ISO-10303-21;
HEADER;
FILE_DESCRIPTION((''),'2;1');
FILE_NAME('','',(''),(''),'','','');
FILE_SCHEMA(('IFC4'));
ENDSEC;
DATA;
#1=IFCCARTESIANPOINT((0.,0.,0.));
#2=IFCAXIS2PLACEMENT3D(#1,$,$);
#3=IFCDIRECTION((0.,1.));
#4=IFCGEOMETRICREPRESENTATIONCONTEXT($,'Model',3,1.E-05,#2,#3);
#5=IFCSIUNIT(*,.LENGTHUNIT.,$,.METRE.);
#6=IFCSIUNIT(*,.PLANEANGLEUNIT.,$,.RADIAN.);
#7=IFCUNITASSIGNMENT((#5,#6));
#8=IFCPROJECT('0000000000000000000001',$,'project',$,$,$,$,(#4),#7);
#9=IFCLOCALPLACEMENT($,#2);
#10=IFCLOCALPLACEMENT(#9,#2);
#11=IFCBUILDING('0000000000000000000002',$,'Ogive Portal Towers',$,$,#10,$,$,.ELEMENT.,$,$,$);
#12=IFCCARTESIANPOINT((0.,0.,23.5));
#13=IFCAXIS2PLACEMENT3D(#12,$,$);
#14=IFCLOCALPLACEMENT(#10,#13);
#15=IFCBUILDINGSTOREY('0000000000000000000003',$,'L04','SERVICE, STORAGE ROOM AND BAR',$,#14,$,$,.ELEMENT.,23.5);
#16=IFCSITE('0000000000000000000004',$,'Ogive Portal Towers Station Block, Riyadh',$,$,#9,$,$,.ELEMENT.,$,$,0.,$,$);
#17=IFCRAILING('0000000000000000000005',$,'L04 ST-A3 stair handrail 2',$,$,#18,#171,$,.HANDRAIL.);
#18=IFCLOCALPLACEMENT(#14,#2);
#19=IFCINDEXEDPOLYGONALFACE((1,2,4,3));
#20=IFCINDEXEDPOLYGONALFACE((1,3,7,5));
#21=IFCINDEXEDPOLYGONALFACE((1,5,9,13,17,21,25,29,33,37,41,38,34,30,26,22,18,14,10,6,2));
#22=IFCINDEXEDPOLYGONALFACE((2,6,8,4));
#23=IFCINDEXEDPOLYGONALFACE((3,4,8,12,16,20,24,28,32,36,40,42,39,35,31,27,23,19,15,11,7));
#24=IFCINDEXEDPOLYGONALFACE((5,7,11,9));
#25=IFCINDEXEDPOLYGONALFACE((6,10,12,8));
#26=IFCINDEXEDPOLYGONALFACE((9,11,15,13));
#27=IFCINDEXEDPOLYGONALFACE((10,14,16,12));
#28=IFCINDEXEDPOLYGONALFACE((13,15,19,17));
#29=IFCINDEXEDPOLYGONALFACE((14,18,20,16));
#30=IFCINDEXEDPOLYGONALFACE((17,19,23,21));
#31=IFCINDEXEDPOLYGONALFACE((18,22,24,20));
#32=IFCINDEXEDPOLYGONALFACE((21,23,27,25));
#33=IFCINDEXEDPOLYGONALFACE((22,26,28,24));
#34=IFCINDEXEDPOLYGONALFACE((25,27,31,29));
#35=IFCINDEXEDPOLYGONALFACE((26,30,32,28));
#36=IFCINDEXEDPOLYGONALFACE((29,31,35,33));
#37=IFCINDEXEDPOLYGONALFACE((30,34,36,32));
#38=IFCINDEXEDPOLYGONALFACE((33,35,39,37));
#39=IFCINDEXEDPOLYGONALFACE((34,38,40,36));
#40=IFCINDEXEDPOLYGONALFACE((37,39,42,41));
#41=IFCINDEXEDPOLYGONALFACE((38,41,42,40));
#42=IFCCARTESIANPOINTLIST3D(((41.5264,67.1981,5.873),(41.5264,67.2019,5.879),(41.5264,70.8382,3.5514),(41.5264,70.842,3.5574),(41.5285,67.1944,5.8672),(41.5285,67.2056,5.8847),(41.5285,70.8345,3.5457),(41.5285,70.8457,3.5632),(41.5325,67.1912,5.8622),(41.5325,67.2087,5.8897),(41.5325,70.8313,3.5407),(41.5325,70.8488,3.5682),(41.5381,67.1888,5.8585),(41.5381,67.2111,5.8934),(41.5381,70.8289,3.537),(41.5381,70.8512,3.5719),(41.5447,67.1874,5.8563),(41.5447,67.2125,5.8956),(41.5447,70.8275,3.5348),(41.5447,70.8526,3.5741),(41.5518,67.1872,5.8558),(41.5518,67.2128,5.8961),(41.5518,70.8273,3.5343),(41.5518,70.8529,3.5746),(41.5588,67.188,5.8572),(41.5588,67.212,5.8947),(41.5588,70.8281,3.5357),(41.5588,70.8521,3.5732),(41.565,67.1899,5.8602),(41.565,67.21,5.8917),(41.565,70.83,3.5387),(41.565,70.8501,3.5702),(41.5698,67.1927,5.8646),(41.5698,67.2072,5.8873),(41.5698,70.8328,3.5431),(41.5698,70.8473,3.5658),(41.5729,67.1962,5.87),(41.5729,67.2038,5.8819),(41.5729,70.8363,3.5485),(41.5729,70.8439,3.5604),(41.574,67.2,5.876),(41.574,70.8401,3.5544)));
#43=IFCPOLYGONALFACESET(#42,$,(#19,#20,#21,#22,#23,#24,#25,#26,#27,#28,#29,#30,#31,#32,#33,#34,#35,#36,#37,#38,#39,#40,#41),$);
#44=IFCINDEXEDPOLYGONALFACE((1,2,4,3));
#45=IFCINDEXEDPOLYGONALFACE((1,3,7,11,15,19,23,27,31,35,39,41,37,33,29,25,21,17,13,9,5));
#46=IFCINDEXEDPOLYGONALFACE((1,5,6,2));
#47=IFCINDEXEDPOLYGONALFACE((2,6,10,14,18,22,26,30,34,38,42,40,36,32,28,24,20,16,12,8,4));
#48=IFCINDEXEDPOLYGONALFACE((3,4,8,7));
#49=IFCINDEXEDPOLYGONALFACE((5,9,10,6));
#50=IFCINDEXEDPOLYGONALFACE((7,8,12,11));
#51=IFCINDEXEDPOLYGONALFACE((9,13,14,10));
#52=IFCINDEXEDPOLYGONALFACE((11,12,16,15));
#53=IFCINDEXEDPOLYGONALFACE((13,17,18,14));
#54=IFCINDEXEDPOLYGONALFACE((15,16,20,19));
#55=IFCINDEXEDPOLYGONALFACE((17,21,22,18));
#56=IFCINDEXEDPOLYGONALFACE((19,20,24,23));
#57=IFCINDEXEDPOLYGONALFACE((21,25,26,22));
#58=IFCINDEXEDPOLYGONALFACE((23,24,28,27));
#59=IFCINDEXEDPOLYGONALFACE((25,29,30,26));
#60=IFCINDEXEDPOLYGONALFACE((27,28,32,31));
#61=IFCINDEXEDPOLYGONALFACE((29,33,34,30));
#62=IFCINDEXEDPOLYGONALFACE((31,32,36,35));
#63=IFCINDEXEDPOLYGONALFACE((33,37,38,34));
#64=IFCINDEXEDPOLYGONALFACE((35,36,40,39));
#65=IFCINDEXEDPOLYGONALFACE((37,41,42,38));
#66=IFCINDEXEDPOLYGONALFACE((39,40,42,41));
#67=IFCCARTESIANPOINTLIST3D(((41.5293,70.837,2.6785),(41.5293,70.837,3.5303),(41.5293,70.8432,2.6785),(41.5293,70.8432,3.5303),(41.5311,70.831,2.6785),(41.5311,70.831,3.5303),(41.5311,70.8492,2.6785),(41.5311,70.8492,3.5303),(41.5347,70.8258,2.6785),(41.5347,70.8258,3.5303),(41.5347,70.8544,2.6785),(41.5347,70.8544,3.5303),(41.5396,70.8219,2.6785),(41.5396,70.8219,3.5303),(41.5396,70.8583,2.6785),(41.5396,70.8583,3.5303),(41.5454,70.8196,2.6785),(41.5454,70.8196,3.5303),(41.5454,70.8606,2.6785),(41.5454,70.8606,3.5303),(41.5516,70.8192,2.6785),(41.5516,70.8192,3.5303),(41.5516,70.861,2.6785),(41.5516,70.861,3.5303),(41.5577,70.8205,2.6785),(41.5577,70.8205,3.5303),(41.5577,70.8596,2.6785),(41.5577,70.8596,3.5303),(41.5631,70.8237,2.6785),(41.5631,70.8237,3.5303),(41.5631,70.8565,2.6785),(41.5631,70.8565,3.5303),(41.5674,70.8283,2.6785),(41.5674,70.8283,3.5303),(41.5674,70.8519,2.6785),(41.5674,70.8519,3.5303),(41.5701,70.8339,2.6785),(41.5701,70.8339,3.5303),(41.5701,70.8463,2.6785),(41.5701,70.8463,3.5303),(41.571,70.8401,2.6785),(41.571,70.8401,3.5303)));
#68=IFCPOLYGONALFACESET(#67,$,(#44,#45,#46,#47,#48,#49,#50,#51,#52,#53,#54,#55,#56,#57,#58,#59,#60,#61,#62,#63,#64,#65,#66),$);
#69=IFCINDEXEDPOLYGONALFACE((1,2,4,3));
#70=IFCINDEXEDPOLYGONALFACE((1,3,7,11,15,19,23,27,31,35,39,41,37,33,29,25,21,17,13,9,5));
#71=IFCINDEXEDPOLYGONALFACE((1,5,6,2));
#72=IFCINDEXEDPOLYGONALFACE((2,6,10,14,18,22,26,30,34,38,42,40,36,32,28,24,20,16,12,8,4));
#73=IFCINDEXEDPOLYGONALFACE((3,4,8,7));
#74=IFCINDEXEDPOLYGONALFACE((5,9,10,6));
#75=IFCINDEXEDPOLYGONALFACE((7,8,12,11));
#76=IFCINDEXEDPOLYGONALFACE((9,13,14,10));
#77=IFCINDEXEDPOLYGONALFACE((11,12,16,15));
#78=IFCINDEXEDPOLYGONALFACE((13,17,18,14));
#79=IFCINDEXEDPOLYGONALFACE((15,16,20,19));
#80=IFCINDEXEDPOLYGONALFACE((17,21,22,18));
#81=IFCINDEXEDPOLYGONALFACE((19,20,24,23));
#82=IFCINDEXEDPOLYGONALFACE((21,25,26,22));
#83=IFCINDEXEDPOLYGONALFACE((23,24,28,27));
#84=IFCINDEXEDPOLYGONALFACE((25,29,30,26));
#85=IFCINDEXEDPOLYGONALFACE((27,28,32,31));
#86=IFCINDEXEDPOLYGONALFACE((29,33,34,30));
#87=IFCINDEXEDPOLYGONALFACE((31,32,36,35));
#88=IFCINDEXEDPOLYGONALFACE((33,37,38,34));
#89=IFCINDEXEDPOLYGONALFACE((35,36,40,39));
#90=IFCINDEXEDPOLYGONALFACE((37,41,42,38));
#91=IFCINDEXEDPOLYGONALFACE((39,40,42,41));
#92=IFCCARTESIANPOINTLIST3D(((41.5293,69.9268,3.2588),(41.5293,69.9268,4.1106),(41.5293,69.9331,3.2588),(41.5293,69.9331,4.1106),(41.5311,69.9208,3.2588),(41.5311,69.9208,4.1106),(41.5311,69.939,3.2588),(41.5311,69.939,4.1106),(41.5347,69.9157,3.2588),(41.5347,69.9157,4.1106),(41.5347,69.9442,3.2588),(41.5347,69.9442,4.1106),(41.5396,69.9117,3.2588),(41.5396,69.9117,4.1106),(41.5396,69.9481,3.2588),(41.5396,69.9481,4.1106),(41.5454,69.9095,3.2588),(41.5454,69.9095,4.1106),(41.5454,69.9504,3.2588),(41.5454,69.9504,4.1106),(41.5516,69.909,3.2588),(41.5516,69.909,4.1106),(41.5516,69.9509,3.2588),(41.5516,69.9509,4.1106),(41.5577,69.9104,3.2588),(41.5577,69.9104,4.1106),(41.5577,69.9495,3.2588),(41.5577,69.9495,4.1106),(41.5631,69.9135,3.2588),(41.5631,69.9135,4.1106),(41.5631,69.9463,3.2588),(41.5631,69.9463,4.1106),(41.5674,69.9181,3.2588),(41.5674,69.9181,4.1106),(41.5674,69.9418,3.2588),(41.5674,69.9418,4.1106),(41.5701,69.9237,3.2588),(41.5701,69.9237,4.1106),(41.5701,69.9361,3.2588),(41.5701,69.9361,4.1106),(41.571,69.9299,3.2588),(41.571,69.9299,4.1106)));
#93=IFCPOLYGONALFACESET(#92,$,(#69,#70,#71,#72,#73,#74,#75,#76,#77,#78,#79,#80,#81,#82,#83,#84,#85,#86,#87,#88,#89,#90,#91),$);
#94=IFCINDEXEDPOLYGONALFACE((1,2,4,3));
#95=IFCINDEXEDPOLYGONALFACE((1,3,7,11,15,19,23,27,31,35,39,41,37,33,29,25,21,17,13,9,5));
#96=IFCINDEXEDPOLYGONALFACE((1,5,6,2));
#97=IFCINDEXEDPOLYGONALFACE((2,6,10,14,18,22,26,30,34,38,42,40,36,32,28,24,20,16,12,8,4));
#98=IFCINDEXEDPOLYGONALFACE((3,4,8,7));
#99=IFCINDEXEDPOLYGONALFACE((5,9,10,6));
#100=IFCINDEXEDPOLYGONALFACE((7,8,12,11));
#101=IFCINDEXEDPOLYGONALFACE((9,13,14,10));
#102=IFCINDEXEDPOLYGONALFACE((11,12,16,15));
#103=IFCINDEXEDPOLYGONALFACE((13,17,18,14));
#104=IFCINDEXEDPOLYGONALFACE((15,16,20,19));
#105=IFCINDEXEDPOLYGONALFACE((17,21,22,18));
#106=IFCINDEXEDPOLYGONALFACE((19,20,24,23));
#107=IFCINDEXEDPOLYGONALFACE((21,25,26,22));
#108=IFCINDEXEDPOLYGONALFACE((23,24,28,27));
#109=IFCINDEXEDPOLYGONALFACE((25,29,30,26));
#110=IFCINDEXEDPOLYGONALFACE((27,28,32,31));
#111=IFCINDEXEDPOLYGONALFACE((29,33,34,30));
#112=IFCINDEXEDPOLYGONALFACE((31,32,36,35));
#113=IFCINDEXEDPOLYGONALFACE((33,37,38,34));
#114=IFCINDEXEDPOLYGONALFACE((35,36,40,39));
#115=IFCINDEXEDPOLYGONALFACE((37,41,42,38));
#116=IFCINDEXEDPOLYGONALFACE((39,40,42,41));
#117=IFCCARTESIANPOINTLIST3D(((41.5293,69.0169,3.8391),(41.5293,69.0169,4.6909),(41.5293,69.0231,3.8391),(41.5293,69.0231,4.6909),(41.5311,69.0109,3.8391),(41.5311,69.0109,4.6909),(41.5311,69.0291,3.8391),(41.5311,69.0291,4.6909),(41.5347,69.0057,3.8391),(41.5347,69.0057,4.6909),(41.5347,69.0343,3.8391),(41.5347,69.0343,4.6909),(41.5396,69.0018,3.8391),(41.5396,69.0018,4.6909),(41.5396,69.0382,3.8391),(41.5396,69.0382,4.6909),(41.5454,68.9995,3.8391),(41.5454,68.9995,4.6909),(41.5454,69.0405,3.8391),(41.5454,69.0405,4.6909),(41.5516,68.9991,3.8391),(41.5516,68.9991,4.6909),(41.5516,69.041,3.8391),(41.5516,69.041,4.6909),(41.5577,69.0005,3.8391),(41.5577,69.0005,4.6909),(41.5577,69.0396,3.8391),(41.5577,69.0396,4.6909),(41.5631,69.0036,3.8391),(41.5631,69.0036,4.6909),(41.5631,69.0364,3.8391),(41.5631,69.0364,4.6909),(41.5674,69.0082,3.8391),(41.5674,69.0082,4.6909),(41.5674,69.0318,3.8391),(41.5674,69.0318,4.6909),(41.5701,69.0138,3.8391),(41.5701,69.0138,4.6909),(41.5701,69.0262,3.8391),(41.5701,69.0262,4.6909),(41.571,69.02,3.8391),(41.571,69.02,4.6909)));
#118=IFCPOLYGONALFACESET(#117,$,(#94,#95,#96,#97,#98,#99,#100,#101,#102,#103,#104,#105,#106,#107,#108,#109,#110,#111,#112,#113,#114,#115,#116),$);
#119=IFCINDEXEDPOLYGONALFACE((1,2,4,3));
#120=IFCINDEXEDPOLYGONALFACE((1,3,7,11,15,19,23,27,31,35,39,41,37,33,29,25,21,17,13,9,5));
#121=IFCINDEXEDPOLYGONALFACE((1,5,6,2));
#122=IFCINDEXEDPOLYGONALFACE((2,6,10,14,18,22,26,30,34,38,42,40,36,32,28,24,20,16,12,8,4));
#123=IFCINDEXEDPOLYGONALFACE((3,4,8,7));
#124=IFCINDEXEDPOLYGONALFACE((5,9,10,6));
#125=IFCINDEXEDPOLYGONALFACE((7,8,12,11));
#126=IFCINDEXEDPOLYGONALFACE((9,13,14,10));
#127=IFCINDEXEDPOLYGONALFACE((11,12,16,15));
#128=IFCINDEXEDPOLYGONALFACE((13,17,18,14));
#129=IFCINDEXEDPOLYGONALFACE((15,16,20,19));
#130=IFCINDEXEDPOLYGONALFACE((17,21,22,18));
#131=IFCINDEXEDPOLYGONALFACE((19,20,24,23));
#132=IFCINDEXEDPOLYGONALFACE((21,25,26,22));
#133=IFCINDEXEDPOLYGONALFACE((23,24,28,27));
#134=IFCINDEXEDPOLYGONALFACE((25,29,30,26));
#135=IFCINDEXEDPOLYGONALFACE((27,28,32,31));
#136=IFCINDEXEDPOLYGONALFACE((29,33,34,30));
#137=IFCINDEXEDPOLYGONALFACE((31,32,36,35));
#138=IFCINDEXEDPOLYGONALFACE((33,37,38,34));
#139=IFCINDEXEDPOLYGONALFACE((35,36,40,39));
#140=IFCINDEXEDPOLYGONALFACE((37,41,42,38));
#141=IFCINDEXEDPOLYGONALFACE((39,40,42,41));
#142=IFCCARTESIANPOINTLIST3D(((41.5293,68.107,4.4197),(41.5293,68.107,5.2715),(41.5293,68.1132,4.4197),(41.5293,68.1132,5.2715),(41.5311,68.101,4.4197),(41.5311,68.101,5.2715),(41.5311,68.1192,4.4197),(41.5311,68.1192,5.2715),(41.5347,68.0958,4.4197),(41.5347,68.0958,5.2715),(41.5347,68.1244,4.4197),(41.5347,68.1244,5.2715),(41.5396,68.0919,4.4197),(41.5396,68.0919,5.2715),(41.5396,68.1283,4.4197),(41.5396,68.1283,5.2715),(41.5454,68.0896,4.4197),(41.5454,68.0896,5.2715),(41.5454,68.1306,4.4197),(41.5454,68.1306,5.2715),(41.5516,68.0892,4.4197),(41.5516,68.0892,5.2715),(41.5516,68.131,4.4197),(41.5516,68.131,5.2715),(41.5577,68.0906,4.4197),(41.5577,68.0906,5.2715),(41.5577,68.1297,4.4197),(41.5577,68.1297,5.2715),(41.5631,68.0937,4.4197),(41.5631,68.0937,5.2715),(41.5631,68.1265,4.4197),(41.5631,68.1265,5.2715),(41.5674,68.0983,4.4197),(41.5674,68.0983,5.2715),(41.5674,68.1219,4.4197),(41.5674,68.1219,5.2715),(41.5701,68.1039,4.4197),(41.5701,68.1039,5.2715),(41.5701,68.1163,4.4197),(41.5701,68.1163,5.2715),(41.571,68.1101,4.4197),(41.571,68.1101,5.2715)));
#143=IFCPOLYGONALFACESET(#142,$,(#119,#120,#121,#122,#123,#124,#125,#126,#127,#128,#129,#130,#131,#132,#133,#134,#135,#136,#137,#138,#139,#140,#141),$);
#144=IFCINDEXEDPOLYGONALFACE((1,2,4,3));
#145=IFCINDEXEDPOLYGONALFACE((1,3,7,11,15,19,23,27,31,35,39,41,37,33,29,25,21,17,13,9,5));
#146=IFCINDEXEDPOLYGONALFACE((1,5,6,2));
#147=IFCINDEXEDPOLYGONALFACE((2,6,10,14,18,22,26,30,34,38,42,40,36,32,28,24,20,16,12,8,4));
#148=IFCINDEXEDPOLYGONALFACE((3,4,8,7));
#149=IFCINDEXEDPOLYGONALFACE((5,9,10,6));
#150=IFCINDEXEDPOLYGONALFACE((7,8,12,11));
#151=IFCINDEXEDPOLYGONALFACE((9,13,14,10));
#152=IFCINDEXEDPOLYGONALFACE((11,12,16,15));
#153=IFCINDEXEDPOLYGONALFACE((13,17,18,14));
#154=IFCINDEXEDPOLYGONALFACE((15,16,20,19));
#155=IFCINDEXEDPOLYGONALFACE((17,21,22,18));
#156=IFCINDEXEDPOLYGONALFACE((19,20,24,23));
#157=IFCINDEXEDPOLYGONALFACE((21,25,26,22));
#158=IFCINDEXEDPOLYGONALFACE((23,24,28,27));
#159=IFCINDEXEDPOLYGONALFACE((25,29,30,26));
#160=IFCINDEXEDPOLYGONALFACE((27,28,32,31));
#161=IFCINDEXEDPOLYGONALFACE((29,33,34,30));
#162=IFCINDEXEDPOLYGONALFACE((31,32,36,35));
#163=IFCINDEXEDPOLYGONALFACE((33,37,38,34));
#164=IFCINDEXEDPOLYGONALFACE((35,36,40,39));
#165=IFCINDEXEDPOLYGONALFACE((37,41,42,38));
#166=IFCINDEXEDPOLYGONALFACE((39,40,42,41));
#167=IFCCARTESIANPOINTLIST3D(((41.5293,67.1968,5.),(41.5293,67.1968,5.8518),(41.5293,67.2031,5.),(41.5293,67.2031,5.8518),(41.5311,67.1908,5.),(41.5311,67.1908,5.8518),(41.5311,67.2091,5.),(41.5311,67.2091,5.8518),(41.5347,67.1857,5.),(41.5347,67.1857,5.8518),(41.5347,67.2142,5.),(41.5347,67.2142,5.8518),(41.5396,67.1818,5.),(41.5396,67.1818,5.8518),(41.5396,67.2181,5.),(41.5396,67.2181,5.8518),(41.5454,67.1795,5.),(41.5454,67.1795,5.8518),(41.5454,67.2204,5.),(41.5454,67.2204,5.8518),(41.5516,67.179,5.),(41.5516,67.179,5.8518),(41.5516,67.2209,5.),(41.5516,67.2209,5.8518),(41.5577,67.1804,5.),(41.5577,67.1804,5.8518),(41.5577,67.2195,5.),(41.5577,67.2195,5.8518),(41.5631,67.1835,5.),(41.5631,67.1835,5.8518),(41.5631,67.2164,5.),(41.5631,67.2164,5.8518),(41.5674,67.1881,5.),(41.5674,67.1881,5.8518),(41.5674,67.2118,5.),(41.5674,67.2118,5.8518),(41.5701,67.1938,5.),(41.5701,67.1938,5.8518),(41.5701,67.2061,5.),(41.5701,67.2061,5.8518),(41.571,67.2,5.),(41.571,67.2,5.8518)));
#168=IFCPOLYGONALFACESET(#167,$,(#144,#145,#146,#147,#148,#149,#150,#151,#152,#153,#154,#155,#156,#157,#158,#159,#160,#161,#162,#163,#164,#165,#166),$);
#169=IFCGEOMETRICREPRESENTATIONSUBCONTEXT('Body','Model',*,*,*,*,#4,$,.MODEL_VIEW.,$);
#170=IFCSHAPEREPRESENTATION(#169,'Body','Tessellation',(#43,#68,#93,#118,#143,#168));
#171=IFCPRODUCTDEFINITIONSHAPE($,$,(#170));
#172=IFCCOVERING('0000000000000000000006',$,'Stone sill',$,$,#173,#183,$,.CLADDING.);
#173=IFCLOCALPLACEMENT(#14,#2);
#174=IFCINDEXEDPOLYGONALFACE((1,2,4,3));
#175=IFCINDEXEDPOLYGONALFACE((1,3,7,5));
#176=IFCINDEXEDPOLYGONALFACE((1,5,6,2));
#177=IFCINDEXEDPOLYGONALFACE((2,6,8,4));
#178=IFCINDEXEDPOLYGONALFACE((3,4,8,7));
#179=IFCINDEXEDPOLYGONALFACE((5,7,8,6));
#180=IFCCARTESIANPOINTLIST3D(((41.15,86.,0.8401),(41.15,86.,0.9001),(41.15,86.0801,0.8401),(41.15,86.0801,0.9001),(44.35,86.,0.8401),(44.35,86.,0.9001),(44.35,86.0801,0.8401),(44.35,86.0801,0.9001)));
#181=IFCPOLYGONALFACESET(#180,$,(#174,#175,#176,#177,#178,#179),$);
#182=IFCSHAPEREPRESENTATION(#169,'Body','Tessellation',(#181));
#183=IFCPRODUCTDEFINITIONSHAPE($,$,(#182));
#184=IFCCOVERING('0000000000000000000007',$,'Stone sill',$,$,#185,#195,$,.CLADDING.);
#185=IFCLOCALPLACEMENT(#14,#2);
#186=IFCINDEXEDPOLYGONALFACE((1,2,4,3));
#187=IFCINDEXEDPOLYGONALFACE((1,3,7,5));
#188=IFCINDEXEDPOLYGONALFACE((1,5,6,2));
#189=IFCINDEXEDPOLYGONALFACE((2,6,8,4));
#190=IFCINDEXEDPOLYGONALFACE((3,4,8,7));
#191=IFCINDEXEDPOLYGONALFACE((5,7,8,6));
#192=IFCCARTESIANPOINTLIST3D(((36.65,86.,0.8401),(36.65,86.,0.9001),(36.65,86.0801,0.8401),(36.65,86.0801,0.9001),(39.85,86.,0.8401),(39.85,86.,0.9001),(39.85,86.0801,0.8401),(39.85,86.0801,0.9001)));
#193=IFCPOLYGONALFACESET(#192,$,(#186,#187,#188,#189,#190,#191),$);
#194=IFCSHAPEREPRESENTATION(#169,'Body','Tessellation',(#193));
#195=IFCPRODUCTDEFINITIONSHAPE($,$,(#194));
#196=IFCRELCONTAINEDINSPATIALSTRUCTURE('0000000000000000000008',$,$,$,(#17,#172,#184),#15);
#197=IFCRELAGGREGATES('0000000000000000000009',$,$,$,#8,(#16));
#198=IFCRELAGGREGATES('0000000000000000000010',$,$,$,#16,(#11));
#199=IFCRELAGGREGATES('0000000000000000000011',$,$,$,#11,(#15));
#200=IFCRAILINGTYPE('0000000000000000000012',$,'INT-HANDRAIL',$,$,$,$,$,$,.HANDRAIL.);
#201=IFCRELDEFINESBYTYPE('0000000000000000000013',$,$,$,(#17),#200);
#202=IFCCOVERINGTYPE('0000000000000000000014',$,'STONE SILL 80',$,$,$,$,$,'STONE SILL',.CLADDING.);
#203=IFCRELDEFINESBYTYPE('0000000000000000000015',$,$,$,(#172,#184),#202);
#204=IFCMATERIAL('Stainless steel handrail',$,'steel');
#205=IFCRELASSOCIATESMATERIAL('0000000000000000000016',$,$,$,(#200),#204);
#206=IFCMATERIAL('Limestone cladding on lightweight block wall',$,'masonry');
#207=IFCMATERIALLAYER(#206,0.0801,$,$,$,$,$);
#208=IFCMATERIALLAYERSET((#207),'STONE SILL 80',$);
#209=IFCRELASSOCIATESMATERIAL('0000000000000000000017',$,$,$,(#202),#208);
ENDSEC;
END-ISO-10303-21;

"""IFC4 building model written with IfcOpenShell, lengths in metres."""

from ifc_helpers import new_model, si_unit, direction, frame, origin, origin_2d, place, context, subcontext, project, spatial, rectangle, circle, extrude, material, layer, layer_set, type_object, element, save


model = new_model("IFC4")

# Units and contexts
model_context = context("Model", 3, precision=1e-05, world=origin(), true_north=direction((0.0, 1.0)))
body_context = subcontext(model_context, "Body", "Model", "MODEL_VIEW")
ifc_project = project(units=[si_unit("LENGTHUNIT", "METRE"), si_unit("PLANEANGLEUNIT", "RADIAN")], contexts=[model_context])

# Site, building, storey
site_placement = place(None, origin())
site = spatial("IfcSite", under=ifc_project, at=site_placement, Name="Ogive Portal Towers Station Block, Riyadh", CompositionType="ELEMENT", RefElevation=0.0)
building_placement = place(site_placement, origin())
building = spatial("IfcBuilding", under=site, at=building_placement, Name="Ogive Portal Towers", CompositionType="ELEMENT")
storey_placement = place(building_placement, frame((0.0, 0.0, 23.5)))
storey = spatial("IfcBuildingStorey", under=building, at=storey_placement, Name="L04", Description="SERVICE, STORAGE ROOM AND BAR", CompositionType="ELEMENT", Elevation=23.5)

# Railing
ifc_material_1 = material(Name="Stainless steel handrail", Category="steel")
railing_type_1 = type_object("IfcRailingType", Name="INT-HANDRAIL", PredefinedType="HANDRAIL", material=ifc_material_1)
railing_1_placement = place(storey_placement, frame((41.55, 70.8401, 2.6785)))
element("IfcRailing", 1, at=railing_1_placement, inside=storey, type_object=railing_type_1, Name="L04 ST-A3 stair handrail 2", PredefinedType="HANDRAIL", context=body_context, shape_type="SweptSolid", body=[
    extrude(circle(Radius=0.0239, at=origin_2d()), frame((0.0, 0.0, 0.876), z_axis=(0.0, -0.843128, 0.537713), x_axis=(1.0, 0.0, 0.0)), (0.0, 0.0, 1.0), 4.3174),
    extrude(circle(Radius=0.021, at=origin_2d()), origin(), (0.0, 0.0, 1.0), 0.8518),
    extrude(circle(Radius=0.021, at=origin_2d()), frame((0.0, -0.9102, 0.5803)), (0.0, 0.0, 1.0), 0.8518),
    extrude(circle(Radius=0.021, at=origin_2d()), frame((0.0, -1.8201, 1.1606)), (0.0, 0.0, 1.0), 0.8518),
    extrude(circle(Radius=0.021, at=origin_2d()), frame((0.0, -2.73, 1.7412)), (0.0, 0.0, 1.0), 0.8518),
    extrude(circle(Radius=0.021, at=origin_2d()), frame((0.0, -3.6401, 2.3215)), (0.0, 0.0, 1.0), 0.8518),
])

# Coverings
ifc_material_2 = material(Name="Limestone cladding on lightweight block wall", Category="masonry")
ifc_layer_1 = layer(ifc_material_2, 0.0801)
ifc_layer_set_1 = layer_set([ifc_layer_1], Name="STONE SILL 80")
covering_type = type_object("IfcCoveringType", Name="STONE SILL 80", ElementType="STONE SILL", PredefinedType="CLADDING", material=ifc_layer_set_1)
for number, where, z_axis, x_axis, name in (
    (2, (42.75, 86.04, 0.8401), (0.0, 0.0, 1.0), (-1.0, 0.0, 0.0), "Stone sill"),
    (3, (38.25, 86.04, 0.8401), (0.0, 0.0, 1.0), (-1.0, 0.0, 0.0), "Stone sill"),
):
    element("IfcCovering", number, at=place(storey_placement, frame(where, z_axis=z_axis, x_axis=x_axis)), inside=storey, type_object=covering_type, Name=name, PredefinedType="CLADDING", context=body_context, shape_type="SweptSolid", body=[
        extrude(rectangle(XDim=3.2, YDim=0.0801, at=origin_2d()), origin(), (0.0, 0.0, 1.0), 0.0601),
    ])

save(model, "model.ifc")
